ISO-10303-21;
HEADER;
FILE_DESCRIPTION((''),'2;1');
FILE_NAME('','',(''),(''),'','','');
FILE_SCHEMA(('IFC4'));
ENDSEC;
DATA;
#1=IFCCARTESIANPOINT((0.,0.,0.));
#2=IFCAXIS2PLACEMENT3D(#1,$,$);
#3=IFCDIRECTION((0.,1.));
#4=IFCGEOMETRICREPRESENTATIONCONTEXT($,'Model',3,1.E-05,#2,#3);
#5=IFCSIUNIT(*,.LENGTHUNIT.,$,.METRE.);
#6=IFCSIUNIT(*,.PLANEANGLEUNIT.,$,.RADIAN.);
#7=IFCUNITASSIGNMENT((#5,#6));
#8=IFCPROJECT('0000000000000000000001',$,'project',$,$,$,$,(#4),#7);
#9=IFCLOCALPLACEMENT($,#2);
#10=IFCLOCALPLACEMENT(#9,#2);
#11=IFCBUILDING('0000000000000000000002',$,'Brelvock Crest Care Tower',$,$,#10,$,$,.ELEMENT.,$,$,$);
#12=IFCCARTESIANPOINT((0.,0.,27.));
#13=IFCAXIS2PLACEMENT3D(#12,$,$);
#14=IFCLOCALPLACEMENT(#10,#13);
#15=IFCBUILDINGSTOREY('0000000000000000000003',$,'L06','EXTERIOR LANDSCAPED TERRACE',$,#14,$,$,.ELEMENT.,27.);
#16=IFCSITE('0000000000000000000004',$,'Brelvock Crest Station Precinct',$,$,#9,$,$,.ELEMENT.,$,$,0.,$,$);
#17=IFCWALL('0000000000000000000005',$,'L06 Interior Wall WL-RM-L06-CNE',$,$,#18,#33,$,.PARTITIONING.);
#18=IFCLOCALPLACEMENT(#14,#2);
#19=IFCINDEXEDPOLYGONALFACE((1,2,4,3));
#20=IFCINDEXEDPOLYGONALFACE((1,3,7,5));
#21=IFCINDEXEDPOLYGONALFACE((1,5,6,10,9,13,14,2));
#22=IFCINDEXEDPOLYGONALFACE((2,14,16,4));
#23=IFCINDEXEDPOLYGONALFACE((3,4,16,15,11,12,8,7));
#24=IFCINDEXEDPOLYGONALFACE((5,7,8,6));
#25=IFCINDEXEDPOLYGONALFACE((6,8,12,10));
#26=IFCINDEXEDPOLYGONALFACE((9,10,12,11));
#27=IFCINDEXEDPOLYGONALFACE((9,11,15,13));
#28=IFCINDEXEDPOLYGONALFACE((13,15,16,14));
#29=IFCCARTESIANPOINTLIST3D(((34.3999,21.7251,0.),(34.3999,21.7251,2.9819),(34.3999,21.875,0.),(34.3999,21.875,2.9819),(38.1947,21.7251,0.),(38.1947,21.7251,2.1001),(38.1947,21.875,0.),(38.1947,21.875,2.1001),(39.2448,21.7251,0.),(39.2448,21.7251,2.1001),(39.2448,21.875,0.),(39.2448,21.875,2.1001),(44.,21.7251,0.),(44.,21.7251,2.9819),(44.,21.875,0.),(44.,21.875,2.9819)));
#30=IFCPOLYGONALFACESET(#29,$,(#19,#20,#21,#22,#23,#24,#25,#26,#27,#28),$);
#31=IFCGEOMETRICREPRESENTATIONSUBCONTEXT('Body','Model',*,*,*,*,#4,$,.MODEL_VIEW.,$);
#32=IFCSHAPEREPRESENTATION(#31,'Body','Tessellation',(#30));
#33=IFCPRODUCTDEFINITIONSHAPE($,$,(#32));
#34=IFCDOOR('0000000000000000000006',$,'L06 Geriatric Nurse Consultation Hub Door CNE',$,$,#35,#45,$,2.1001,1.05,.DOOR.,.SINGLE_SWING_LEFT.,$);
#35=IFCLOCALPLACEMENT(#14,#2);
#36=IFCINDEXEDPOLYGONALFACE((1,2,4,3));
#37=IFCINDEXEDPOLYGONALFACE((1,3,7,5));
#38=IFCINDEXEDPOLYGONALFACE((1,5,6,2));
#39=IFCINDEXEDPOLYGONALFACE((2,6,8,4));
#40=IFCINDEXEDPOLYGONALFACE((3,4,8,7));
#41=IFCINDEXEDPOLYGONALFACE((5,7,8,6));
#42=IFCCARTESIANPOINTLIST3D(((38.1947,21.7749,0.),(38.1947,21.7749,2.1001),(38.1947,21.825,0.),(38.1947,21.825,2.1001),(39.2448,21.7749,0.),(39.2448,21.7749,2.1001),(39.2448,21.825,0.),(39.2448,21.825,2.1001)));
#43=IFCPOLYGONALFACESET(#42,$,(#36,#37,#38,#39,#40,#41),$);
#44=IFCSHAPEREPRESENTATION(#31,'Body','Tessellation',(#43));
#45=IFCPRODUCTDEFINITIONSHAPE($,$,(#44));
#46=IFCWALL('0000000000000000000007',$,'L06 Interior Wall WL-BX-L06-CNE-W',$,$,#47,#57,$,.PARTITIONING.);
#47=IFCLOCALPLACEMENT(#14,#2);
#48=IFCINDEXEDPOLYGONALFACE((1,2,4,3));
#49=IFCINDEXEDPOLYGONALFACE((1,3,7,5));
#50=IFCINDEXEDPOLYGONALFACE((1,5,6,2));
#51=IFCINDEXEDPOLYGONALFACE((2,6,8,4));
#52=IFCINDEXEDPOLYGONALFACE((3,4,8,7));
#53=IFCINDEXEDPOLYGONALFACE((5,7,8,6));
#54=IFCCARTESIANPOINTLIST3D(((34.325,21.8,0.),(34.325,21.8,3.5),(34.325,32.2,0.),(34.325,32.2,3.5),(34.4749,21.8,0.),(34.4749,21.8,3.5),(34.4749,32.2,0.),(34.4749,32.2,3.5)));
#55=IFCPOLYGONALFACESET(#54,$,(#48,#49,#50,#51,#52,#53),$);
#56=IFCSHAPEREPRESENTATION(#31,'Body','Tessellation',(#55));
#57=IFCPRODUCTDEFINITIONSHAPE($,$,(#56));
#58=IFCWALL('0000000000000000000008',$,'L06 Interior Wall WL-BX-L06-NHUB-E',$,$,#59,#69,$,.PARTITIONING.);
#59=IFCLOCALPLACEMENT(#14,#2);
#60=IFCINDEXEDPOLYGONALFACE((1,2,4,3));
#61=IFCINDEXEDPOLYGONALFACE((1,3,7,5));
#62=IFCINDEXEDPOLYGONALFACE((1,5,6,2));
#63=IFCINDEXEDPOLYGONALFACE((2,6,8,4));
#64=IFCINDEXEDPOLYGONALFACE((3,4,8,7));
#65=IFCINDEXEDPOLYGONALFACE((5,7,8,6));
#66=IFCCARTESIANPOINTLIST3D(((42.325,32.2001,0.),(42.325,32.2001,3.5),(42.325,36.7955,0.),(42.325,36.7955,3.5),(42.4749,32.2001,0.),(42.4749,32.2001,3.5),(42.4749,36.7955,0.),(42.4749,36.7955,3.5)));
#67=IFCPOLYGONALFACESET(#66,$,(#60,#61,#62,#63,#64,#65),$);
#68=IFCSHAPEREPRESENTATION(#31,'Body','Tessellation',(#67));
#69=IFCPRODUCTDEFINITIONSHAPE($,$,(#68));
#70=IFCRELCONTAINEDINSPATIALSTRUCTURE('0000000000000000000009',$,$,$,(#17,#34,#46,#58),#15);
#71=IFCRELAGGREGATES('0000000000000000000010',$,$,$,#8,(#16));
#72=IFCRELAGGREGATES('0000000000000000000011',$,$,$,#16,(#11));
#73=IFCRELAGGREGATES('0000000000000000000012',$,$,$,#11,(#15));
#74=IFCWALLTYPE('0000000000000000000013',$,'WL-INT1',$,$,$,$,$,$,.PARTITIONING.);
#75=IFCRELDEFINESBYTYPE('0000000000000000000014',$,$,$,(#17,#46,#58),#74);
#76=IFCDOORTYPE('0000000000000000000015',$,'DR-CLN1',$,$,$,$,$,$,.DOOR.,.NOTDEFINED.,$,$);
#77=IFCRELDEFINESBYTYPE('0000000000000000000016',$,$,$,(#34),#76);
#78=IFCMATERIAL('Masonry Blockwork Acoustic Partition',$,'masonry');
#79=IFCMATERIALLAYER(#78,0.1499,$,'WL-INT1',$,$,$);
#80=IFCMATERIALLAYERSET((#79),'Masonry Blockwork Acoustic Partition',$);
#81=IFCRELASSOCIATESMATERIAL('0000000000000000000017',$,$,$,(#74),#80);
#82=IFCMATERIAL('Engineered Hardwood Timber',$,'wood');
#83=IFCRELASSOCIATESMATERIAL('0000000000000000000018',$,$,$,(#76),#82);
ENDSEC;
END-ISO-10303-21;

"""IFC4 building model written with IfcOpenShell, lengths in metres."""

from ifc_helpers import new_model, si_unit, direction, frame, frame_2d, origin, origin_2d, place, context, subcontext, project, spatial, rectangle, extrude, source, transform, mapped, material, layer, layer_set, type_object, element, fill, save


model = new_model("IFC4")

# Units and contexts
model_context = context("Model", 3, precision=1e-05, world=origin(), true_north=direction((0.0, 1.0)))
body_context = subcontext(model_context, "Body", "Model", "MODEL_VIEW")
ifc_project = project(units=[si_unit("LENGTHUNIT", "METRE"), si_unit("PLANEANGLEUNIT", "RADIAN")], contexts=[model_context])

# Site, building, storey
site_placement = place(None, origin())
site = spatial("IfcSite", under=ifc_project, at=site_placement, Name="Brelvock Crest Station Precinct", CompositionType="ELEMENT", RefElevation=0.0)
building_placement = place(site_placement, origin())
building = spatial("IfcBuilding", under=site, at=building_placement, Name="Brelvock Crest Care Tower", CompositionType="ELEMENT")
storey_placement = place(building_placement, frame((0.0, 0.0, 27.0)))
storey = spatial("IfcBuildingStorey", under=building, at=storey_placement, Name="L06", Description="EXTERIOR LANDSCAPED TERRACE", CompositionType="ELEMENT", Elevation=27.0)

# Wall, opening, door
ifc_material_1 = material(Name="Masonry Blockwork Acoustic Partition", Category="masonry")
ifc_layer_1 = layer(ifc_material_1, 0.1499, Name="WL-INT1")
ifc_layer_set_1 = layer_set([ifc_layer_1], Name="Masonry Blockwork Acoustic Partition")
wall_type = type_object("IfcWallType", Name="WL-INT1", PredefinedType="PARTITIONING", material=ifc_layer_set_1)
wall_1_placement = place(storey_placement, frame((34.3999, 21.8, 0.0), z_axis=(0.0, 0.0, 1.0), x_axis=(1.0, 0.0, 0.0)))
wall_1 = element("IfcWall", 1, at=wall_1_placement, inside=storey, type_object=wall_type, Name="L06 Interior Wall WL-RM-L06-CNE", PredefinedType="PARTITIONING", context=body_context, shape_type="SweptSolid", body=[
    extrude(rectangle(XDim=9.6001, YDim=0.1499, at=frame_2d((4.8, 0.0))), origin(), (0.0, 0.0, 1.0), 2.9819),
])
opening_placement = place(wall_1_placement, frame((3.7949, 0.0, 0.0)))
opening = element("IfcOpeningElement", 2, at=opening_placement, cuts=wall_1, PredefinedType="OPENING", context=body_context, shape_type="SweptSolid", body=[
    extrude(rectangle(XDim=1.05, YDim=2.1001, at=origin_2d()), frame((0.5249, 0.085, 1.05), z_axis=(0.0, -1.0, 0.0), x_axis=(1.0, 0.0, 0.0)), (0.0, 0.0, 1.0), 0.1699),
])
ifc_material_2 = material(Name="Engineered Hardwood Timber", Category="wood")
door_type = type_object("IfcDoorType", Name="DR-CLN1", OperationType="NOTDEFINED", PredefinedType="DOOR", material=ifc_material_2)
shared_shape_1 = source(origin(), body_context, "Body", "SweptSolid", [
    extrude(rectangle(XDim=1.05, YDim=2.1001, at=origin_2d()), frame((0.5249, 0.0249, 1.05), z_axis=(0.0, -1.0, 0.0), x_axis=(1.0, 0.0, 0.0)), (0.0, 0.0, 1.0), 0.05),
])
door_placement = place(opening_placement, origin())
door = element("IfcDoor", 3, at=door_placement, inside=storey, type_object=door_type, Name="L06 Geriatric Nurse Consultation Hub Door CNE", OperationType="SINGLE_SWING_LEFT", OverallHeight=2.1001, OverallWidth=1.05, PredefinedType="DOOR", context=body_context, shape_type="MappedRepresentation", body=[
    mapped(shared_shape_1, transform((0.0, 0.0, 0.0), x_axis=(1.0, 0.0, 0.0), y_axis=(0.0, 1.0, 0.0), z_axis=(0.0, 0.0, 1.0), scale=1.0)),
])
fill(opening, door)

# Walls
wall_2_placement = place(storey_placement, frame((34.3999, 21.8, 0.0), z_axis=(0.0, 0.0, 1.0), x_axis=(0.0, 1.0, 0.0)))
element("IfcWall", 4, at=wall_2_placement, inside=storey, type_object=wall_type, Name="L06 Interior Wall WL-BX-L06-CNE-W", PredefinedType="PARTITIONING", context=body_context, shape_type="SweptSolid", body=[
    extrude(rectangle(XDim=10.3999, YDim=0.1499, at=frame_2d((5.2, 0.0))), origin(), (0.0, 0.0, 1.0), 3.5),
])
wall_3_placement = place(storey_placement, frame((42.3999, 32.2, 0.0), z_axis=(0.0, 0.0, 1.0), x_axis=(0.0, 1.0, 0.0)))
element("IfcWall", 5, at=wall_3_placement, inside=storey, type_object=wall_type, Name="L06 Interior Wall WL-BX-L06-NHUB-E", PredefinedType="PARTITIONING", context=body_context, shape_type="SweptSolid", body=[
    extrude(rectangle(XDim=4.5955, YDim=0.1499, at=frame_2d((2.2979, 0.0))), origin(), (0.0, 0.0, 1.0), 3.5),
])

save(model, "model.ifc")
